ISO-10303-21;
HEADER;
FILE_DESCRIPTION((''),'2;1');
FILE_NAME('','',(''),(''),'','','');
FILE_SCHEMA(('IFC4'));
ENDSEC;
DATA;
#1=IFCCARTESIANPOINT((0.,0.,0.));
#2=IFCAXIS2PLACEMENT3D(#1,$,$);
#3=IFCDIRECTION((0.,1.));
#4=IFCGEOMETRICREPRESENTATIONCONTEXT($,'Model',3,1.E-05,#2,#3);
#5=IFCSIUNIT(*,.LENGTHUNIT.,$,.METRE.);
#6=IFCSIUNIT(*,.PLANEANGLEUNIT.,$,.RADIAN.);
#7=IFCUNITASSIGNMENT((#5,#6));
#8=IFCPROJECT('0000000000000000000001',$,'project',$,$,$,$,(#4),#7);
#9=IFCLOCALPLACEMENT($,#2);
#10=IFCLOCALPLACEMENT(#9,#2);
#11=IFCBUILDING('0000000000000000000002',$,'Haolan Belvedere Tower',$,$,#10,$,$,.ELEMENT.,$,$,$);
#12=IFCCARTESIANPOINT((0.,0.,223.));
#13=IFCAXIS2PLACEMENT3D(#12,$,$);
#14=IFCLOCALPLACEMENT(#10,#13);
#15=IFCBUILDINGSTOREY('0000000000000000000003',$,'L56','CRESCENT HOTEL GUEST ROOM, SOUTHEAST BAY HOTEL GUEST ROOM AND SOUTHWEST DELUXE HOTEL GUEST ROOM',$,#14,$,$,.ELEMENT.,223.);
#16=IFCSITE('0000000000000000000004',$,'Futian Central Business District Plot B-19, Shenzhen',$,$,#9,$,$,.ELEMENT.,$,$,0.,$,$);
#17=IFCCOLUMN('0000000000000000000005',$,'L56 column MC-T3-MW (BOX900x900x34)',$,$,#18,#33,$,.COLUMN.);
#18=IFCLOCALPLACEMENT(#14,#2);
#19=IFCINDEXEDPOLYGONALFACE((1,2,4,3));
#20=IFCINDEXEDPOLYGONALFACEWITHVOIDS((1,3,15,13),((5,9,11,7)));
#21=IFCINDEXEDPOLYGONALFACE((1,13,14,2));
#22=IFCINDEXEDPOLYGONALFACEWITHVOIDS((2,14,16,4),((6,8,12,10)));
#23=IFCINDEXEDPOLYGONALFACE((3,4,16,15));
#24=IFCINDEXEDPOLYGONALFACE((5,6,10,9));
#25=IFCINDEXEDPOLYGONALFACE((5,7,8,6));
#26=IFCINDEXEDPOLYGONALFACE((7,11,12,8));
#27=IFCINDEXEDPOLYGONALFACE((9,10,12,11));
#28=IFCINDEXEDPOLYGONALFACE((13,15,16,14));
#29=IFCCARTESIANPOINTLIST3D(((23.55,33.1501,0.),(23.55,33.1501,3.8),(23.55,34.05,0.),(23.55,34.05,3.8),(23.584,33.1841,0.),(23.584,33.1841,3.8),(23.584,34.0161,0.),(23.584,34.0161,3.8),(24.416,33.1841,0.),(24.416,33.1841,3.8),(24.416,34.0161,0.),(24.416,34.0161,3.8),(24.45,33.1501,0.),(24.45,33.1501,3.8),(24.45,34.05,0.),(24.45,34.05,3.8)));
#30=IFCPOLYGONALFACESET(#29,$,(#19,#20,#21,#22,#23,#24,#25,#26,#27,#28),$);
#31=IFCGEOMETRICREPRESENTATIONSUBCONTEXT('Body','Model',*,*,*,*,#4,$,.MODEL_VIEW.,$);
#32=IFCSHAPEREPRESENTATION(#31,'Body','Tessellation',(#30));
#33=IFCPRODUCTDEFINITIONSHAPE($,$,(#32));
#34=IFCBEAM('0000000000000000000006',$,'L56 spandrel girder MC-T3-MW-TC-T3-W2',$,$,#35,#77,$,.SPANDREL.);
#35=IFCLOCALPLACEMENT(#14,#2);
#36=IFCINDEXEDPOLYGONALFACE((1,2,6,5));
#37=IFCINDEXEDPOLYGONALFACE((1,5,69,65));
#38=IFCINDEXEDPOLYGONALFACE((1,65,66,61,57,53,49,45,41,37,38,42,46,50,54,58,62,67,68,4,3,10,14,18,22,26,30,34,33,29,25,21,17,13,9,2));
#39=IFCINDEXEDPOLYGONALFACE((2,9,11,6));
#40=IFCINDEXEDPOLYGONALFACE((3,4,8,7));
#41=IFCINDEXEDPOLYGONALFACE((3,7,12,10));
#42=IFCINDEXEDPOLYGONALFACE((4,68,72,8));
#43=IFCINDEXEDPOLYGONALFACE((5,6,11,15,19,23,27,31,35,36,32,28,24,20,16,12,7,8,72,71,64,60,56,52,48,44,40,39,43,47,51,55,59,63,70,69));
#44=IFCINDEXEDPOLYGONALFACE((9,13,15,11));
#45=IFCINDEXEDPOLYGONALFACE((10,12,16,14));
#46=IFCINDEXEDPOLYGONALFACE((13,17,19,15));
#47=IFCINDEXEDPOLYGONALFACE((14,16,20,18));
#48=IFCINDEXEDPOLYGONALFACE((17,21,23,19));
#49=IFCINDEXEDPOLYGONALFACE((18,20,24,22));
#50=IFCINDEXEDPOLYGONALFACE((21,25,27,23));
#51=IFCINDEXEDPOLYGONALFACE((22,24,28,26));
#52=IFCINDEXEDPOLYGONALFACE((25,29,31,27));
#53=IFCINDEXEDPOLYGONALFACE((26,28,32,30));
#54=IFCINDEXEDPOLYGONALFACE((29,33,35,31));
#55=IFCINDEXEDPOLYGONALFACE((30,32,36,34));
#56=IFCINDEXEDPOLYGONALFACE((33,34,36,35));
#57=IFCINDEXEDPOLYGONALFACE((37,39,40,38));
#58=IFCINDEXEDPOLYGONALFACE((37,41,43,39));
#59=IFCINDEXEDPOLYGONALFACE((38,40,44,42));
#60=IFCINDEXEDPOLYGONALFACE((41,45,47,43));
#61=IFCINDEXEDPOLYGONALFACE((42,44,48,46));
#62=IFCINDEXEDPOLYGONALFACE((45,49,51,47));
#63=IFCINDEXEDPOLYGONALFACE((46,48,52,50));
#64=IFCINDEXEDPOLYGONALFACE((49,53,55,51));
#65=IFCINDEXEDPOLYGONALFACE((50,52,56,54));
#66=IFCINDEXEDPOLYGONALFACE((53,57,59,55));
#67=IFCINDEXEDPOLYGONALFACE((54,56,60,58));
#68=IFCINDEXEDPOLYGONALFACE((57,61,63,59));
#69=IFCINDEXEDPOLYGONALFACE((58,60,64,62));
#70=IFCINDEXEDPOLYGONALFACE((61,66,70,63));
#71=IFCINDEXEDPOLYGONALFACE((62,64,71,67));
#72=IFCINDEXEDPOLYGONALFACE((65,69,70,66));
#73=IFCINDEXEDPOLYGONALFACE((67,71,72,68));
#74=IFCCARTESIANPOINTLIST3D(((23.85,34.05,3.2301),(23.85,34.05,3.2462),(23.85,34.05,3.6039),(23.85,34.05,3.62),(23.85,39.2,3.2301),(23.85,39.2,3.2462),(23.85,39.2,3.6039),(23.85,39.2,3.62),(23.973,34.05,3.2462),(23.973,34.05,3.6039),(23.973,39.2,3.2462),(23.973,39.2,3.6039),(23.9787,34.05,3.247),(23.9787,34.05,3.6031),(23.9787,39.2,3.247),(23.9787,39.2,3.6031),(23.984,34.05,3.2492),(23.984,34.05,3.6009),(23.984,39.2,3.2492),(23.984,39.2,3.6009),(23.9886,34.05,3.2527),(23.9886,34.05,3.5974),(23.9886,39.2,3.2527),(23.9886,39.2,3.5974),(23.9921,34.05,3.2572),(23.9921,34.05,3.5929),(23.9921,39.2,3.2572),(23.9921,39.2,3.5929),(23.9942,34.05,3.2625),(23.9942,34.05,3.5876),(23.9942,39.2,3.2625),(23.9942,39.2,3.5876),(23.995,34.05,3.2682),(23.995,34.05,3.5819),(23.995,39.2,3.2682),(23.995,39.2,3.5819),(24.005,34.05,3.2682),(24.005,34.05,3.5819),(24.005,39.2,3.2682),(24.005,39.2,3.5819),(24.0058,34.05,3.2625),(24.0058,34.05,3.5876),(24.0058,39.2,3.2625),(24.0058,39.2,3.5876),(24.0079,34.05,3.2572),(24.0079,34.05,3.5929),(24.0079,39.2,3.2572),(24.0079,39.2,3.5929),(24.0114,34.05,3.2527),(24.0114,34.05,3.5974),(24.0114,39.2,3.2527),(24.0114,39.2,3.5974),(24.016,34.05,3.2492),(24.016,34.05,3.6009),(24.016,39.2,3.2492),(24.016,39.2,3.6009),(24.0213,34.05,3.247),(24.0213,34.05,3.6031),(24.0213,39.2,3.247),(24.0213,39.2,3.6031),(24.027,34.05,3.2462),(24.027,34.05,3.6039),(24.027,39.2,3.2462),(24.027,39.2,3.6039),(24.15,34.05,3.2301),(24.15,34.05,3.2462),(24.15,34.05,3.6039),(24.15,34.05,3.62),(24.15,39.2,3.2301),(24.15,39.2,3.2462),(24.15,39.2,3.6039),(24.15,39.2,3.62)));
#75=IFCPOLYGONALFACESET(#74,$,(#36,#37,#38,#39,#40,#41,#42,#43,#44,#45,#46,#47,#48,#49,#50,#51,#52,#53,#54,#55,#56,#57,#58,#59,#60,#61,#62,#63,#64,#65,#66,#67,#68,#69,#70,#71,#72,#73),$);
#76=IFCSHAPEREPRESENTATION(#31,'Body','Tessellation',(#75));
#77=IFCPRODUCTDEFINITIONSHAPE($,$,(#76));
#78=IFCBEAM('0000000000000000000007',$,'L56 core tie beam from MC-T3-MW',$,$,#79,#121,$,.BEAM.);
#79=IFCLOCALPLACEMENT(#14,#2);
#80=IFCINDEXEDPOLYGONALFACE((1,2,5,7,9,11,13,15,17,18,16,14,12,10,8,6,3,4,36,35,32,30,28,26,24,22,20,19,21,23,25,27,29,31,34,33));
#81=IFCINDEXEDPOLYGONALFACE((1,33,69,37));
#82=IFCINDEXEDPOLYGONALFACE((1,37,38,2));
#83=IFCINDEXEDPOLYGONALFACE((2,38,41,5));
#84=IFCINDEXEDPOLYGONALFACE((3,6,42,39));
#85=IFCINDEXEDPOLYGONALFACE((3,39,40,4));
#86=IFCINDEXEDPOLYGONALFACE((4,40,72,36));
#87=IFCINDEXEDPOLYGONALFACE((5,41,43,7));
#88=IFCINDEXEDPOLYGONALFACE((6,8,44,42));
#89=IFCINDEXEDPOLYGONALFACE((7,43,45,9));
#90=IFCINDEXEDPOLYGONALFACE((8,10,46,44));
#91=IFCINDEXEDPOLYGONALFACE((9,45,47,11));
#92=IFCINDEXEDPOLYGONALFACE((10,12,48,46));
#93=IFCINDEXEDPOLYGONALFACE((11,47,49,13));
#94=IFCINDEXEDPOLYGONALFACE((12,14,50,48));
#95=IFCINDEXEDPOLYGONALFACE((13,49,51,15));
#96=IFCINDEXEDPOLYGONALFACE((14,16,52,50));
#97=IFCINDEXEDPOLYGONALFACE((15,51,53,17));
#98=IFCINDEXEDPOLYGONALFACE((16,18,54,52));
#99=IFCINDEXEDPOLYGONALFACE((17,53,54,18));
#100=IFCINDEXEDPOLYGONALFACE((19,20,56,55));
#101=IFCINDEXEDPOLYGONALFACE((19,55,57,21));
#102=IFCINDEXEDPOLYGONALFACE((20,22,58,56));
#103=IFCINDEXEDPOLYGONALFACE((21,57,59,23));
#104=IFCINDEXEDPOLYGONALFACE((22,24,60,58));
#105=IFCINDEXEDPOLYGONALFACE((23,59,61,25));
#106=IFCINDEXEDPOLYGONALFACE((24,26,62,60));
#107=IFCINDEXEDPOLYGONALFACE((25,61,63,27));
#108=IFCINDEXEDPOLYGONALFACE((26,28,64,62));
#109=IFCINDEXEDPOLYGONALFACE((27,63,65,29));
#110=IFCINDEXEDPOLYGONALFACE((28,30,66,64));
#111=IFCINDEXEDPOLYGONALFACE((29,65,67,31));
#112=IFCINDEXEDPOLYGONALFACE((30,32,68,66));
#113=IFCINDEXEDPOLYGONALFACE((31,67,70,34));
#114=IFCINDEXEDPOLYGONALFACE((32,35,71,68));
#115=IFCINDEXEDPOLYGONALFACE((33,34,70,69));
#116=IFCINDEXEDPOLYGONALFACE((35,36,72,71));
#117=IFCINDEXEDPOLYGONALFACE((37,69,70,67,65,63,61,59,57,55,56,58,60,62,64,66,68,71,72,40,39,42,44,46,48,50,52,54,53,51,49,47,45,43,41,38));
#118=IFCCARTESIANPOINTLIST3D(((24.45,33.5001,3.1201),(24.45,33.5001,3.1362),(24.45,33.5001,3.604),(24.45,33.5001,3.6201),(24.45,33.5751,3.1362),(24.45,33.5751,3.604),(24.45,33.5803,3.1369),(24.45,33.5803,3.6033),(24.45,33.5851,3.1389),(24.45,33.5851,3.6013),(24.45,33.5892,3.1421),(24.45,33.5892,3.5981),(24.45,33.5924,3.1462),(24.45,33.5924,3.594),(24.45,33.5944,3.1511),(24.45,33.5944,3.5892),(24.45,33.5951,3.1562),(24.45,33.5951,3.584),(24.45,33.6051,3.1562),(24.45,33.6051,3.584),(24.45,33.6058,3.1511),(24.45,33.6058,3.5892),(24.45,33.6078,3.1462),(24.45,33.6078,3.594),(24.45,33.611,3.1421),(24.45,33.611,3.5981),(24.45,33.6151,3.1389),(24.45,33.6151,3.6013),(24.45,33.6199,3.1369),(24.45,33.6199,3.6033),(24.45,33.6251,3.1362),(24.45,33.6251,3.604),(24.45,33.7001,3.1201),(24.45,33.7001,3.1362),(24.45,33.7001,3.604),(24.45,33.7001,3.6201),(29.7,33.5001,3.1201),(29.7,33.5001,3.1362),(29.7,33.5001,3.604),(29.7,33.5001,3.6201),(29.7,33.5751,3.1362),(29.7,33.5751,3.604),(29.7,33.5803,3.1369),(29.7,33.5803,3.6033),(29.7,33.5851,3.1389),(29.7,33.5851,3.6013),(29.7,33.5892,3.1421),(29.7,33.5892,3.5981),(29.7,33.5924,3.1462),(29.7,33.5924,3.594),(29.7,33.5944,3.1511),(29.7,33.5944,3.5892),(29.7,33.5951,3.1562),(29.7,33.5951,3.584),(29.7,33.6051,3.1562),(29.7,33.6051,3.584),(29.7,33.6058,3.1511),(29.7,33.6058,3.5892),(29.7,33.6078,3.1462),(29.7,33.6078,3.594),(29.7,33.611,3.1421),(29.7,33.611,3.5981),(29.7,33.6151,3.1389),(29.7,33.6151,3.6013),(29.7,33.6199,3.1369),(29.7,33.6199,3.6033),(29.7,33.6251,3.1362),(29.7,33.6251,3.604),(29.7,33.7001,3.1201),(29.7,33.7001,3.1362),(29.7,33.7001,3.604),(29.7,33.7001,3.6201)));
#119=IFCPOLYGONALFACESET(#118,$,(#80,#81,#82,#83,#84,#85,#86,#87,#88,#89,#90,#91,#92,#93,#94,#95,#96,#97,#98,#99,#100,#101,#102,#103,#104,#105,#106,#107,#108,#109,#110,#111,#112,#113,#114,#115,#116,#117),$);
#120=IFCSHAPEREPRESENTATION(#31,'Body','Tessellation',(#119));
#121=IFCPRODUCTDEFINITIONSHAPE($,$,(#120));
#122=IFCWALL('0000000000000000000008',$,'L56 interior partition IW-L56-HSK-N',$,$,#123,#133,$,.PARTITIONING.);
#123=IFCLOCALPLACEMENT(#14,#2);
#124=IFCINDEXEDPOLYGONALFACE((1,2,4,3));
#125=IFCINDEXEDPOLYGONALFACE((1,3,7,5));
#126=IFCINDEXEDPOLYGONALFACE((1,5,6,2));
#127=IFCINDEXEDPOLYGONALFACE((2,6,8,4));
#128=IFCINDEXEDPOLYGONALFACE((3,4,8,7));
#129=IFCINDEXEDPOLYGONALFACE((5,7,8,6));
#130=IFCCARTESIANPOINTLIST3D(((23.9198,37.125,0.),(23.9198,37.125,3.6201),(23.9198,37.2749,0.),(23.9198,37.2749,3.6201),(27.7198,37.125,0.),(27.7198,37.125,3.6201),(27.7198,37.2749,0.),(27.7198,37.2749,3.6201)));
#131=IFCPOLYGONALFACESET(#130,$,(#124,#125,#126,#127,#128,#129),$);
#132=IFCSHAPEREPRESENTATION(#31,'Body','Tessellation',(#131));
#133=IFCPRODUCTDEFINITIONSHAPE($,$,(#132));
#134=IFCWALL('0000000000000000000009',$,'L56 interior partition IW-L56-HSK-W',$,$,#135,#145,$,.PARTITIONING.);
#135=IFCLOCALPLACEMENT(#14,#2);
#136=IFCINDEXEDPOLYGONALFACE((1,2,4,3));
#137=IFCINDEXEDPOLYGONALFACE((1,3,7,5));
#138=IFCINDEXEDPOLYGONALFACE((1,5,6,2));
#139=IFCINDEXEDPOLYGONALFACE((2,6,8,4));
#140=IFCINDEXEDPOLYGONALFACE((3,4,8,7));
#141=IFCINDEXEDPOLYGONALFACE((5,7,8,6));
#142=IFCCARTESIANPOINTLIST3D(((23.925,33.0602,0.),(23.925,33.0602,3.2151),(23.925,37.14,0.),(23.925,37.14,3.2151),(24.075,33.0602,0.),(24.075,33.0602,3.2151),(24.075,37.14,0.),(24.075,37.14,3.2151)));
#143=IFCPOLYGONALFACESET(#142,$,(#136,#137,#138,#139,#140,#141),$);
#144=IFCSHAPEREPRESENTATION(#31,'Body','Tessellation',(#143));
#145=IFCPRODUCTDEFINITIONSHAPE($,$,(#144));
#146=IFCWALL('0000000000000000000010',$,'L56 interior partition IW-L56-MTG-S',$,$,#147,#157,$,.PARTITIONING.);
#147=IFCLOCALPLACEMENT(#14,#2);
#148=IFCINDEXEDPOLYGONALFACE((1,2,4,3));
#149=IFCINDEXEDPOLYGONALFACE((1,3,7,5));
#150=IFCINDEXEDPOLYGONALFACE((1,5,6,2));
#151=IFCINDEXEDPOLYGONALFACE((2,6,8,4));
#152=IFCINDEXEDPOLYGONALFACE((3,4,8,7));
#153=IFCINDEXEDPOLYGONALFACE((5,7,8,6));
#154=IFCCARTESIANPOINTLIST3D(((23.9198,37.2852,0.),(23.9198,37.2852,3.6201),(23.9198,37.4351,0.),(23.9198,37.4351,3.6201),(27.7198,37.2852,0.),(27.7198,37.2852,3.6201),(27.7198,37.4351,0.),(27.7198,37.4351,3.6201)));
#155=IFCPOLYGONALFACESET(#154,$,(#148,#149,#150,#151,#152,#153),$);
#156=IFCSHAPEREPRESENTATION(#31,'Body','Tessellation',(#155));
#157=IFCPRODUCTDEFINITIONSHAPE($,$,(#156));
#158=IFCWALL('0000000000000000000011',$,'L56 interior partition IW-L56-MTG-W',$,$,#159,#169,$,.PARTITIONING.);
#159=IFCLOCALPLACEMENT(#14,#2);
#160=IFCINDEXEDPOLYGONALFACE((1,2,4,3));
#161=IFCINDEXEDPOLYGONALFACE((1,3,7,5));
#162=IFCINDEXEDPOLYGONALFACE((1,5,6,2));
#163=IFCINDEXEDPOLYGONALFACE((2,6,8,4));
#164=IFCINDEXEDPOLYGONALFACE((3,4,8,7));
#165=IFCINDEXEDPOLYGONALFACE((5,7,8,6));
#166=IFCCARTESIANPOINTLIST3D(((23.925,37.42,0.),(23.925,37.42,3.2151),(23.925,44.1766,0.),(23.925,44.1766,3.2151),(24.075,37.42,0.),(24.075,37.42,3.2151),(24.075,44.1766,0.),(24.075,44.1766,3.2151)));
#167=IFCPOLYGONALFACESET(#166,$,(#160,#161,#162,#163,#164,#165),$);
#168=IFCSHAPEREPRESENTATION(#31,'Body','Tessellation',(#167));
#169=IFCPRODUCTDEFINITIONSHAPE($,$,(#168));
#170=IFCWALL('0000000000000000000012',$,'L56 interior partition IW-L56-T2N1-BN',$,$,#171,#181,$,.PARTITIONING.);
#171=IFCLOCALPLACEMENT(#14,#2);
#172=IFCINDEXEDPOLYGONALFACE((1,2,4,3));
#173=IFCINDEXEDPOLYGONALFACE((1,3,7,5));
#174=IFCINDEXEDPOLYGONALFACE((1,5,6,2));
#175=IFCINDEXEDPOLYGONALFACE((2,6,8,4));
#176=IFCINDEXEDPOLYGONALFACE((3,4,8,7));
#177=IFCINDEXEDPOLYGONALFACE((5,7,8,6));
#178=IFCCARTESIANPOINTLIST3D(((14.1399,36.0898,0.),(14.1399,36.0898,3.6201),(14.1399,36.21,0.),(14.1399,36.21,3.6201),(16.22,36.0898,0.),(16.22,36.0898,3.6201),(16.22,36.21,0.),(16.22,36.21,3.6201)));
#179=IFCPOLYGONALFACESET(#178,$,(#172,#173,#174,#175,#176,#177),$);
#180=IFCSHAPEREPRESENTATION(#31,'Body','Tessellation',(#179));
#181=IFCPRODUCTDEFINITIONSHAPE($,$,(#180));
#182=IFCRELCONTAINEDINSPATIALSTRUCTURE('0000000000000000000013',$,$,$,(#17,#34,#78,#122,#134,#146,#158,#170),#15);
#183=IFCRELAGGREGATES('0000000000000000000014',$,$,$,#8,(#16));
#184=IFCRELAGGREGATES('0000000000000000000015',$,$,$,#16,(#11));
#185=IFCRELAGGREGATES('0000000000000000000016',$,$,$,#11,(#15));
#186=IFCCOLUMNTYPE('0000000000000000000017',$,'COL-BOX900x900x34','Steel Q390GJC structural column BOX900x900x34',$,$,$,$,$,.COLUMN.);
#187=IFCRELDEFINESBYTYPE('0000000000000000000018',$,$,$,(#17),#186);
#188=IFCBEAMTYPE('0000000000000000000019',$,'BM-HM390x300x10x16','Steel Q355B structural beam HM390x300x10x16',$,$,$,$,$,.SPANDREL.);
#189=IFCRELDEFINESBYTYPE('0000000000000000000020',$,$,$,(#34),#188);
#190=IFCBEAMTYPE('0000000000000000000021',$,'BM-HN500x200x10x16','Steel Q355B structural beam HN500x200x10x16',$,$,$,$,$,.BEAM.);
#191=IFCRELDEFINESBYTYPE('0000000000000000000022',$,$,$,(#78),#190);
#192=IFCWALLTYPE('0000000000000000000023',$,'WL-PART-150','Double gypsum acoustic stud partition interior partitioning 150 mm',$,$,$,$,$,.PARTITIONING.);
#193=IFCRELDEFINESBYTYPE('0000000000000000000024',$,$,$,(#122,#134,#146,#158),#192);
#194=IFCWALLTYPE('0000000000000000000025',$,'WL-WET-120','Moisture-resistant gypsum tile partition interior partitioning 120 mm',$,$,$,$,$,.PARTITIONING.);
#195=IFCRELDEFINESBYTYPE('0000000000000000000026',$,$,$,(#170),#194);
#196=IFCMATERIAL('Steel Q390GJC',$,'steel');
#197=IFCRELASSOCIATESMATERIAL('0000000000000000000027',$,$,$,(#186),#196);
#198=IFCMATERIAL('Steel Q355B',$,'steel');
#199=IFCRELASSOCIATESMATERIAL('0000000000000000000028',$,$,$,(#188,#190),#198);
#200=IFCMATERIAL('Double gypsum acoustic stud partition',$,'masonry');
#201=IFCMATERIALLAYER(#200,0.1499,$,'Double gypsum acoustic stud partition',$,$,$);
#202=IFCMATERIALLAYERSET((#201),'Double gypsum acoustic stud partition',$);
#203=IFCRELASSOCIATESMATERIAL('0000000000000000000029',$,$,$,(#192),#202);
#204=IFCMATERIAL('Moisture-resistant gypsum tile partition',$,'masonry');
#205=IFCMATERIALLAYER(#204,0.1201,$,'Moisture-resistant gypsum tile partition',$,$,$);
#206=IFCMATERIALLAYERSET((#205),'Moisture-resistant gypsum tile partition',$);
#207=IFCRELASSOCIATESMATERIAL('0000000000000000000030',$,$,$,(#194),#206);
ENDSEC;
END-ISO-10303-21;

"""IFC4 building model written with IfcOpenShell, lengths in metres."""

from ifc_helpers import new_model, si_unit, direction, frame, frame_2d, origin, origin_2d, place, context, subcontext, project, spatial, rectangle, hollow_rectangle, i_section, extrude, material, layer, layer_set, material_profile, profile_set, type_object, element, save


model = new_model("IFC4")

# Units and contexts
model_context = context("Model", 3, precision=1e-05, world=origin(), true_north=direction((0.0, 1.0)))
body_context = subcontext(model_context, "Body", "Model", "MODEL_VIEW")
ifc_project = project(units=[si_unit("LENGTHUNIT", "METRE"), si_unit("PLANEANGLEUNIT", "RADIAN")], contexts=[model_context])

# Site, building, storey
site_placement = place(None, origin())
site = spatial("IfcSite", under=ifc_project, at=site_placement, Name="Futian Central Business District Plot B-19, Shenzhen", CompositionType="ELEMENT", RefElevation=0.0)
building_placement = place(site_placement, origin())
building = spatial("IfcBuilding", under=site, at=building_placement, Name="Haolan Belvedere Tower", CompositionType="ELEMENT")
storey_placement = place(building_placement, frame((0.0, 0.0, 223.0)))
storey = spatial("IfcBuildingStorey", under=building, at=storey_placement, Name="L56", Description="CRESCENT HOTEL GUEST ROOM, SOUTHEAST BAY HOTEL GUEST ROOM AND SOUTHWEST DELUXE HOTEL GUEST ROOM", CompositionType="ELEMENT", Elevation=223.0)

# Column
ifc_material_1 = material(Name="Steel Q390GJC", Category="steel")
ifc_material_profile_1 = material_profile(ifc_material_1, hollow_rectangle(XDim=0.8999, YDim=0.8999, WallThickness=0.0339, at=origin_2d()), Name="Steel Q390GJC")
ifc_profile_set_1 = profile_set([ifc_material_profile_1], Name="Steel Q390GJC")
column_type = type_object("IfcColumnType", Name="COL-BOX900x900x34", Description="Steel Q390GJC structural column BOX900x900x34", PredefinedType="COLUMN", material=ifc_profile_set_1)
column_placement = place(storey_placement, frame((24.0, 33.6001, 0.0), z_axis=(0.0, 0.0, 1.0), x_axis=(1.0, 0.0, 0.0)))
element("IfcColumn", 1, at=column_placement, inside=storey, type_object=column_type, Name="L56 column MC-T3-MW (BOX900x900x34)", PredefinedType="COLUMN", context=body_context, shape_type="SweptSolid", body=[
    extrude(hollow_rectangle(XDim=0.8999, YDim=0.8999, WallThickness=0.0339, at=origin_2d()), origin(), (0.0, 0.0, 1.0), 3.8),
])

# Beams
ifc_material_2 = material(Name="Steel Q355B", Category="steel")
ifc_material_profile_2 = material_profile(ifc_material_2, i_section(OverallWidth=0.3, OverallDepth=0.3899, WebThickness=0.01, FlangeThickness=0.0161, FilletRadius=0.022, at=origin_2d()), Name="Steel Q355B")
ifc_profile_set_2 = profile_set([ifc_material_profile_2], Name="Steel Q355B")
beam_type_1 = type_object("IfcBeamType", Name="BM-HM390x300x10x16", Description="Steel Q355B structural beam HM390x300x10x16", PredefinedType="SPANDREL", material=ifc_profile_set_2)
beam_1_placement = place(storey_placement, frame((24.0, 34.05, 3.425), z_axis=(0.0, 1.0, 0.0), x_axis=(-1.0, 0.0, 0.0)))
element("IfcBeam", 2, at=beam_1_placement, inside=storey, type_object=beam_type_1, Name="L56 spandrel girder MC-T3-MW-TC-T3-W2", PredefinedType="SPANDREL", context=body_context, shape_type="SweptSolid", body=[
    extrude(i_section(OverallWidth=0.3, OverallDepth=0.3899, WebThickness=0.01, FlangeThickness=0.0161, FilletRadius=0.022, at=origin_2d()), origin(), (0.0, 0.0, 1.0), 5.1499),
])
ifc_material_profile_3 = material_profile(ifc_material_2, i_section(OverallWidth=0.2, OverallDepth=0.5, WebThickness=0.01, FlangeThickness=0.0161, FilletRadius=0.02, at=origin_2d()), Name="Steel Q355B")
ifc_profile_set_3 = profile_set([ifc_material_profile_3], Name="Steel Q355B")
beam_type_2 = type_object("IfcBeamType", Name="BM-HN500x200x10x16", Description="Steel Q355B structural beam HN500x200x10x16", PredefinedType="BEAM", material=ifc_profile_set_3)
beam_2_placement = place(storey_placement, frame((24.45, 33.6001, 3.3701), z_axis=(1.0, 0.0, 0.0), x_axis=(0.0, 1.0, 0.0)))
element("IfcBeam", 3, at=beam_2_placement, inside=storey, type_object=beam_type_2, Name="L56 core tie beam from MC-T3-MW", PredefinedType="BEAM", context=body_context, shape_type="SweptSolid", body=[
    extrude(i_section(OverallWidth=0.2, OverallDepth=0.5, WebThickness=0.01, FlangeThickness=0.0161, FilletRadius=0.02, at=origin_2d()), origin(), (0.0, 0.0, 1.0), 5.25),
])

# Walls
ifc_material_3 = material(Name="Double gypsum acoustic stud partition", Category="masonry")
ifc_layer_1 = layer(ifc_material_3, 0.1499, Name="Double gypsum acoustic stud partition")
ifc_layer_set_1 = layer_set([ifc_layer_1], Name="Double gypsum acoustic stud partition")
wall_type_1 = type_object("IfcWallType", Name="WL-PART-150", Description="Double gypsum acoustic stud partition interior partitioning 150 mm", PredefinedType="PARTITIONING", material=ifc_layer_set_1)
wall_1_placement = place(storey_placement, frame((23.9199, 37.2, 0.0), z_axis=(0.0, 0.0, 1.0), x_axis=(1.0, 0.0, 0.0)))
element("IfcWall", 4, at=wall_1_placement, inside=storey, type_object=wall_type_1, Name="L56 interior partition IW-L56-HSK-N", PredefinedType="PARTITIONING", context=body_context, shape_type="SweptSolid", body=[
    extrude(rectangle(XDim=3.8, YDim=0.1499, at=frame_2d((1.8999, 0.0))), origin(), (0.0, 0.0, 1.0), 3.6201),
])
wall_2_placement = place(storey_placement, frame((24.0, 33.0601, 0.0), z_axis=(0.0, 0.0, 1.0), x_axis=(0.0, 1.0, 0.0)))
element("IfcWall", 5, at=wall_2_placement, inside=storey, type_object=wall_type_1, Name="L56 interior partition IW-L56-HSK-W", PredefinedType="PARTITIONING", context=body_context, shape_type="SweptSolid", body=[
    extrude(rectangle(XDim=4.0798, YDim=0.1499, at=frame_2d((2.04, 0.0))), origin(), (0.0, 0.0, 1.0), 3.2151),
])
wall_3_placement = place(storey_placement, frame((23.9199, 37.3601, 0.0), z_axis=(0.0, 0.0, 1.0), x_axis=(1.0, 0.0, 0.0)))
element("IfcWall", 6, at=wall_3_placement, inside=storey, type_object=wall_type_1, Name="L56 interior partition IW-L56-MTG-S", PredefinedType="PARTITIONING", context=body_context, shape_type="SweptSolid", body=[
    extrude(rectangle(XDim=3.8, YDim=0.1499, at=frame_2d((1.8999, 0.0))), origin(), (0.0, 0.0, 1.0), 3.6201),
])
wall_4_placement = place(storey_placement, frame((24.0, 37.4199, 0.0), z_axis=(0.0, 0.0, 1.0), x_axis=(0.0, 1.0, 0.0)))
element("IfcWall", 7, at=wall_4_placement, inside=storey, type_object=wall_type_1, Name="L56 interior partition IW-L56-MTG-W", PredefinedType="PARTITIONING", context=body_context, shape_type="SweptSolid", body=[
    extrude(rectangle(XDim=6.7566, YDim=0.1499, at=frame_2d((3.3784, 0.0))), origin(), (0.0, 0.0, 1.0), 3.2151),
])
ifc_material_4 = material(Name="Moisture-resistant gypsum tile partition", Category="masonry")
ifc_layer_2 = layer(ifc_material_4, 0.1201, Name="Moisture-resistant gypsum tile partition")
ifc_layer_set_2 = layer_set([ifc_layer_2], Name="Moisture-resistant gypsum tile partition")
wall_type_2 = type_object("IfcWallType", Name="WL-WET-120", Description="Moisture-resistant gypsum tile partition interior partitioning 120 mm", PredefinedType="PARTITIONING", material=ifc_layer_set_2)
for number, where, z_axis, x_axis, name in (
    (8, (14.1399, 36.1499, 0.0), (0.0, 0.0, 1.0), (1.0, 0.0, 0.0), "L56 interior partition IW-L56-T2N1-BN"),
):
    element("IfcWall", number, at=place(storey_placement, frame(where, z_axis=z_axis, x_axis=x_axis)), inside=storey, type_object=wall_type_2, Name=name, PredefinedType="PARTITIONING", context=body_context, shape_type="SweptSolid", body=[
        extrude(rectangle(XDim=2.0801, YDim=0.1201, at=frame_2d((1.04, 0.0))), origin(), (0.0, 0.0, 1.0), 3.6201),
    ])

save(model, "model.ifc")
